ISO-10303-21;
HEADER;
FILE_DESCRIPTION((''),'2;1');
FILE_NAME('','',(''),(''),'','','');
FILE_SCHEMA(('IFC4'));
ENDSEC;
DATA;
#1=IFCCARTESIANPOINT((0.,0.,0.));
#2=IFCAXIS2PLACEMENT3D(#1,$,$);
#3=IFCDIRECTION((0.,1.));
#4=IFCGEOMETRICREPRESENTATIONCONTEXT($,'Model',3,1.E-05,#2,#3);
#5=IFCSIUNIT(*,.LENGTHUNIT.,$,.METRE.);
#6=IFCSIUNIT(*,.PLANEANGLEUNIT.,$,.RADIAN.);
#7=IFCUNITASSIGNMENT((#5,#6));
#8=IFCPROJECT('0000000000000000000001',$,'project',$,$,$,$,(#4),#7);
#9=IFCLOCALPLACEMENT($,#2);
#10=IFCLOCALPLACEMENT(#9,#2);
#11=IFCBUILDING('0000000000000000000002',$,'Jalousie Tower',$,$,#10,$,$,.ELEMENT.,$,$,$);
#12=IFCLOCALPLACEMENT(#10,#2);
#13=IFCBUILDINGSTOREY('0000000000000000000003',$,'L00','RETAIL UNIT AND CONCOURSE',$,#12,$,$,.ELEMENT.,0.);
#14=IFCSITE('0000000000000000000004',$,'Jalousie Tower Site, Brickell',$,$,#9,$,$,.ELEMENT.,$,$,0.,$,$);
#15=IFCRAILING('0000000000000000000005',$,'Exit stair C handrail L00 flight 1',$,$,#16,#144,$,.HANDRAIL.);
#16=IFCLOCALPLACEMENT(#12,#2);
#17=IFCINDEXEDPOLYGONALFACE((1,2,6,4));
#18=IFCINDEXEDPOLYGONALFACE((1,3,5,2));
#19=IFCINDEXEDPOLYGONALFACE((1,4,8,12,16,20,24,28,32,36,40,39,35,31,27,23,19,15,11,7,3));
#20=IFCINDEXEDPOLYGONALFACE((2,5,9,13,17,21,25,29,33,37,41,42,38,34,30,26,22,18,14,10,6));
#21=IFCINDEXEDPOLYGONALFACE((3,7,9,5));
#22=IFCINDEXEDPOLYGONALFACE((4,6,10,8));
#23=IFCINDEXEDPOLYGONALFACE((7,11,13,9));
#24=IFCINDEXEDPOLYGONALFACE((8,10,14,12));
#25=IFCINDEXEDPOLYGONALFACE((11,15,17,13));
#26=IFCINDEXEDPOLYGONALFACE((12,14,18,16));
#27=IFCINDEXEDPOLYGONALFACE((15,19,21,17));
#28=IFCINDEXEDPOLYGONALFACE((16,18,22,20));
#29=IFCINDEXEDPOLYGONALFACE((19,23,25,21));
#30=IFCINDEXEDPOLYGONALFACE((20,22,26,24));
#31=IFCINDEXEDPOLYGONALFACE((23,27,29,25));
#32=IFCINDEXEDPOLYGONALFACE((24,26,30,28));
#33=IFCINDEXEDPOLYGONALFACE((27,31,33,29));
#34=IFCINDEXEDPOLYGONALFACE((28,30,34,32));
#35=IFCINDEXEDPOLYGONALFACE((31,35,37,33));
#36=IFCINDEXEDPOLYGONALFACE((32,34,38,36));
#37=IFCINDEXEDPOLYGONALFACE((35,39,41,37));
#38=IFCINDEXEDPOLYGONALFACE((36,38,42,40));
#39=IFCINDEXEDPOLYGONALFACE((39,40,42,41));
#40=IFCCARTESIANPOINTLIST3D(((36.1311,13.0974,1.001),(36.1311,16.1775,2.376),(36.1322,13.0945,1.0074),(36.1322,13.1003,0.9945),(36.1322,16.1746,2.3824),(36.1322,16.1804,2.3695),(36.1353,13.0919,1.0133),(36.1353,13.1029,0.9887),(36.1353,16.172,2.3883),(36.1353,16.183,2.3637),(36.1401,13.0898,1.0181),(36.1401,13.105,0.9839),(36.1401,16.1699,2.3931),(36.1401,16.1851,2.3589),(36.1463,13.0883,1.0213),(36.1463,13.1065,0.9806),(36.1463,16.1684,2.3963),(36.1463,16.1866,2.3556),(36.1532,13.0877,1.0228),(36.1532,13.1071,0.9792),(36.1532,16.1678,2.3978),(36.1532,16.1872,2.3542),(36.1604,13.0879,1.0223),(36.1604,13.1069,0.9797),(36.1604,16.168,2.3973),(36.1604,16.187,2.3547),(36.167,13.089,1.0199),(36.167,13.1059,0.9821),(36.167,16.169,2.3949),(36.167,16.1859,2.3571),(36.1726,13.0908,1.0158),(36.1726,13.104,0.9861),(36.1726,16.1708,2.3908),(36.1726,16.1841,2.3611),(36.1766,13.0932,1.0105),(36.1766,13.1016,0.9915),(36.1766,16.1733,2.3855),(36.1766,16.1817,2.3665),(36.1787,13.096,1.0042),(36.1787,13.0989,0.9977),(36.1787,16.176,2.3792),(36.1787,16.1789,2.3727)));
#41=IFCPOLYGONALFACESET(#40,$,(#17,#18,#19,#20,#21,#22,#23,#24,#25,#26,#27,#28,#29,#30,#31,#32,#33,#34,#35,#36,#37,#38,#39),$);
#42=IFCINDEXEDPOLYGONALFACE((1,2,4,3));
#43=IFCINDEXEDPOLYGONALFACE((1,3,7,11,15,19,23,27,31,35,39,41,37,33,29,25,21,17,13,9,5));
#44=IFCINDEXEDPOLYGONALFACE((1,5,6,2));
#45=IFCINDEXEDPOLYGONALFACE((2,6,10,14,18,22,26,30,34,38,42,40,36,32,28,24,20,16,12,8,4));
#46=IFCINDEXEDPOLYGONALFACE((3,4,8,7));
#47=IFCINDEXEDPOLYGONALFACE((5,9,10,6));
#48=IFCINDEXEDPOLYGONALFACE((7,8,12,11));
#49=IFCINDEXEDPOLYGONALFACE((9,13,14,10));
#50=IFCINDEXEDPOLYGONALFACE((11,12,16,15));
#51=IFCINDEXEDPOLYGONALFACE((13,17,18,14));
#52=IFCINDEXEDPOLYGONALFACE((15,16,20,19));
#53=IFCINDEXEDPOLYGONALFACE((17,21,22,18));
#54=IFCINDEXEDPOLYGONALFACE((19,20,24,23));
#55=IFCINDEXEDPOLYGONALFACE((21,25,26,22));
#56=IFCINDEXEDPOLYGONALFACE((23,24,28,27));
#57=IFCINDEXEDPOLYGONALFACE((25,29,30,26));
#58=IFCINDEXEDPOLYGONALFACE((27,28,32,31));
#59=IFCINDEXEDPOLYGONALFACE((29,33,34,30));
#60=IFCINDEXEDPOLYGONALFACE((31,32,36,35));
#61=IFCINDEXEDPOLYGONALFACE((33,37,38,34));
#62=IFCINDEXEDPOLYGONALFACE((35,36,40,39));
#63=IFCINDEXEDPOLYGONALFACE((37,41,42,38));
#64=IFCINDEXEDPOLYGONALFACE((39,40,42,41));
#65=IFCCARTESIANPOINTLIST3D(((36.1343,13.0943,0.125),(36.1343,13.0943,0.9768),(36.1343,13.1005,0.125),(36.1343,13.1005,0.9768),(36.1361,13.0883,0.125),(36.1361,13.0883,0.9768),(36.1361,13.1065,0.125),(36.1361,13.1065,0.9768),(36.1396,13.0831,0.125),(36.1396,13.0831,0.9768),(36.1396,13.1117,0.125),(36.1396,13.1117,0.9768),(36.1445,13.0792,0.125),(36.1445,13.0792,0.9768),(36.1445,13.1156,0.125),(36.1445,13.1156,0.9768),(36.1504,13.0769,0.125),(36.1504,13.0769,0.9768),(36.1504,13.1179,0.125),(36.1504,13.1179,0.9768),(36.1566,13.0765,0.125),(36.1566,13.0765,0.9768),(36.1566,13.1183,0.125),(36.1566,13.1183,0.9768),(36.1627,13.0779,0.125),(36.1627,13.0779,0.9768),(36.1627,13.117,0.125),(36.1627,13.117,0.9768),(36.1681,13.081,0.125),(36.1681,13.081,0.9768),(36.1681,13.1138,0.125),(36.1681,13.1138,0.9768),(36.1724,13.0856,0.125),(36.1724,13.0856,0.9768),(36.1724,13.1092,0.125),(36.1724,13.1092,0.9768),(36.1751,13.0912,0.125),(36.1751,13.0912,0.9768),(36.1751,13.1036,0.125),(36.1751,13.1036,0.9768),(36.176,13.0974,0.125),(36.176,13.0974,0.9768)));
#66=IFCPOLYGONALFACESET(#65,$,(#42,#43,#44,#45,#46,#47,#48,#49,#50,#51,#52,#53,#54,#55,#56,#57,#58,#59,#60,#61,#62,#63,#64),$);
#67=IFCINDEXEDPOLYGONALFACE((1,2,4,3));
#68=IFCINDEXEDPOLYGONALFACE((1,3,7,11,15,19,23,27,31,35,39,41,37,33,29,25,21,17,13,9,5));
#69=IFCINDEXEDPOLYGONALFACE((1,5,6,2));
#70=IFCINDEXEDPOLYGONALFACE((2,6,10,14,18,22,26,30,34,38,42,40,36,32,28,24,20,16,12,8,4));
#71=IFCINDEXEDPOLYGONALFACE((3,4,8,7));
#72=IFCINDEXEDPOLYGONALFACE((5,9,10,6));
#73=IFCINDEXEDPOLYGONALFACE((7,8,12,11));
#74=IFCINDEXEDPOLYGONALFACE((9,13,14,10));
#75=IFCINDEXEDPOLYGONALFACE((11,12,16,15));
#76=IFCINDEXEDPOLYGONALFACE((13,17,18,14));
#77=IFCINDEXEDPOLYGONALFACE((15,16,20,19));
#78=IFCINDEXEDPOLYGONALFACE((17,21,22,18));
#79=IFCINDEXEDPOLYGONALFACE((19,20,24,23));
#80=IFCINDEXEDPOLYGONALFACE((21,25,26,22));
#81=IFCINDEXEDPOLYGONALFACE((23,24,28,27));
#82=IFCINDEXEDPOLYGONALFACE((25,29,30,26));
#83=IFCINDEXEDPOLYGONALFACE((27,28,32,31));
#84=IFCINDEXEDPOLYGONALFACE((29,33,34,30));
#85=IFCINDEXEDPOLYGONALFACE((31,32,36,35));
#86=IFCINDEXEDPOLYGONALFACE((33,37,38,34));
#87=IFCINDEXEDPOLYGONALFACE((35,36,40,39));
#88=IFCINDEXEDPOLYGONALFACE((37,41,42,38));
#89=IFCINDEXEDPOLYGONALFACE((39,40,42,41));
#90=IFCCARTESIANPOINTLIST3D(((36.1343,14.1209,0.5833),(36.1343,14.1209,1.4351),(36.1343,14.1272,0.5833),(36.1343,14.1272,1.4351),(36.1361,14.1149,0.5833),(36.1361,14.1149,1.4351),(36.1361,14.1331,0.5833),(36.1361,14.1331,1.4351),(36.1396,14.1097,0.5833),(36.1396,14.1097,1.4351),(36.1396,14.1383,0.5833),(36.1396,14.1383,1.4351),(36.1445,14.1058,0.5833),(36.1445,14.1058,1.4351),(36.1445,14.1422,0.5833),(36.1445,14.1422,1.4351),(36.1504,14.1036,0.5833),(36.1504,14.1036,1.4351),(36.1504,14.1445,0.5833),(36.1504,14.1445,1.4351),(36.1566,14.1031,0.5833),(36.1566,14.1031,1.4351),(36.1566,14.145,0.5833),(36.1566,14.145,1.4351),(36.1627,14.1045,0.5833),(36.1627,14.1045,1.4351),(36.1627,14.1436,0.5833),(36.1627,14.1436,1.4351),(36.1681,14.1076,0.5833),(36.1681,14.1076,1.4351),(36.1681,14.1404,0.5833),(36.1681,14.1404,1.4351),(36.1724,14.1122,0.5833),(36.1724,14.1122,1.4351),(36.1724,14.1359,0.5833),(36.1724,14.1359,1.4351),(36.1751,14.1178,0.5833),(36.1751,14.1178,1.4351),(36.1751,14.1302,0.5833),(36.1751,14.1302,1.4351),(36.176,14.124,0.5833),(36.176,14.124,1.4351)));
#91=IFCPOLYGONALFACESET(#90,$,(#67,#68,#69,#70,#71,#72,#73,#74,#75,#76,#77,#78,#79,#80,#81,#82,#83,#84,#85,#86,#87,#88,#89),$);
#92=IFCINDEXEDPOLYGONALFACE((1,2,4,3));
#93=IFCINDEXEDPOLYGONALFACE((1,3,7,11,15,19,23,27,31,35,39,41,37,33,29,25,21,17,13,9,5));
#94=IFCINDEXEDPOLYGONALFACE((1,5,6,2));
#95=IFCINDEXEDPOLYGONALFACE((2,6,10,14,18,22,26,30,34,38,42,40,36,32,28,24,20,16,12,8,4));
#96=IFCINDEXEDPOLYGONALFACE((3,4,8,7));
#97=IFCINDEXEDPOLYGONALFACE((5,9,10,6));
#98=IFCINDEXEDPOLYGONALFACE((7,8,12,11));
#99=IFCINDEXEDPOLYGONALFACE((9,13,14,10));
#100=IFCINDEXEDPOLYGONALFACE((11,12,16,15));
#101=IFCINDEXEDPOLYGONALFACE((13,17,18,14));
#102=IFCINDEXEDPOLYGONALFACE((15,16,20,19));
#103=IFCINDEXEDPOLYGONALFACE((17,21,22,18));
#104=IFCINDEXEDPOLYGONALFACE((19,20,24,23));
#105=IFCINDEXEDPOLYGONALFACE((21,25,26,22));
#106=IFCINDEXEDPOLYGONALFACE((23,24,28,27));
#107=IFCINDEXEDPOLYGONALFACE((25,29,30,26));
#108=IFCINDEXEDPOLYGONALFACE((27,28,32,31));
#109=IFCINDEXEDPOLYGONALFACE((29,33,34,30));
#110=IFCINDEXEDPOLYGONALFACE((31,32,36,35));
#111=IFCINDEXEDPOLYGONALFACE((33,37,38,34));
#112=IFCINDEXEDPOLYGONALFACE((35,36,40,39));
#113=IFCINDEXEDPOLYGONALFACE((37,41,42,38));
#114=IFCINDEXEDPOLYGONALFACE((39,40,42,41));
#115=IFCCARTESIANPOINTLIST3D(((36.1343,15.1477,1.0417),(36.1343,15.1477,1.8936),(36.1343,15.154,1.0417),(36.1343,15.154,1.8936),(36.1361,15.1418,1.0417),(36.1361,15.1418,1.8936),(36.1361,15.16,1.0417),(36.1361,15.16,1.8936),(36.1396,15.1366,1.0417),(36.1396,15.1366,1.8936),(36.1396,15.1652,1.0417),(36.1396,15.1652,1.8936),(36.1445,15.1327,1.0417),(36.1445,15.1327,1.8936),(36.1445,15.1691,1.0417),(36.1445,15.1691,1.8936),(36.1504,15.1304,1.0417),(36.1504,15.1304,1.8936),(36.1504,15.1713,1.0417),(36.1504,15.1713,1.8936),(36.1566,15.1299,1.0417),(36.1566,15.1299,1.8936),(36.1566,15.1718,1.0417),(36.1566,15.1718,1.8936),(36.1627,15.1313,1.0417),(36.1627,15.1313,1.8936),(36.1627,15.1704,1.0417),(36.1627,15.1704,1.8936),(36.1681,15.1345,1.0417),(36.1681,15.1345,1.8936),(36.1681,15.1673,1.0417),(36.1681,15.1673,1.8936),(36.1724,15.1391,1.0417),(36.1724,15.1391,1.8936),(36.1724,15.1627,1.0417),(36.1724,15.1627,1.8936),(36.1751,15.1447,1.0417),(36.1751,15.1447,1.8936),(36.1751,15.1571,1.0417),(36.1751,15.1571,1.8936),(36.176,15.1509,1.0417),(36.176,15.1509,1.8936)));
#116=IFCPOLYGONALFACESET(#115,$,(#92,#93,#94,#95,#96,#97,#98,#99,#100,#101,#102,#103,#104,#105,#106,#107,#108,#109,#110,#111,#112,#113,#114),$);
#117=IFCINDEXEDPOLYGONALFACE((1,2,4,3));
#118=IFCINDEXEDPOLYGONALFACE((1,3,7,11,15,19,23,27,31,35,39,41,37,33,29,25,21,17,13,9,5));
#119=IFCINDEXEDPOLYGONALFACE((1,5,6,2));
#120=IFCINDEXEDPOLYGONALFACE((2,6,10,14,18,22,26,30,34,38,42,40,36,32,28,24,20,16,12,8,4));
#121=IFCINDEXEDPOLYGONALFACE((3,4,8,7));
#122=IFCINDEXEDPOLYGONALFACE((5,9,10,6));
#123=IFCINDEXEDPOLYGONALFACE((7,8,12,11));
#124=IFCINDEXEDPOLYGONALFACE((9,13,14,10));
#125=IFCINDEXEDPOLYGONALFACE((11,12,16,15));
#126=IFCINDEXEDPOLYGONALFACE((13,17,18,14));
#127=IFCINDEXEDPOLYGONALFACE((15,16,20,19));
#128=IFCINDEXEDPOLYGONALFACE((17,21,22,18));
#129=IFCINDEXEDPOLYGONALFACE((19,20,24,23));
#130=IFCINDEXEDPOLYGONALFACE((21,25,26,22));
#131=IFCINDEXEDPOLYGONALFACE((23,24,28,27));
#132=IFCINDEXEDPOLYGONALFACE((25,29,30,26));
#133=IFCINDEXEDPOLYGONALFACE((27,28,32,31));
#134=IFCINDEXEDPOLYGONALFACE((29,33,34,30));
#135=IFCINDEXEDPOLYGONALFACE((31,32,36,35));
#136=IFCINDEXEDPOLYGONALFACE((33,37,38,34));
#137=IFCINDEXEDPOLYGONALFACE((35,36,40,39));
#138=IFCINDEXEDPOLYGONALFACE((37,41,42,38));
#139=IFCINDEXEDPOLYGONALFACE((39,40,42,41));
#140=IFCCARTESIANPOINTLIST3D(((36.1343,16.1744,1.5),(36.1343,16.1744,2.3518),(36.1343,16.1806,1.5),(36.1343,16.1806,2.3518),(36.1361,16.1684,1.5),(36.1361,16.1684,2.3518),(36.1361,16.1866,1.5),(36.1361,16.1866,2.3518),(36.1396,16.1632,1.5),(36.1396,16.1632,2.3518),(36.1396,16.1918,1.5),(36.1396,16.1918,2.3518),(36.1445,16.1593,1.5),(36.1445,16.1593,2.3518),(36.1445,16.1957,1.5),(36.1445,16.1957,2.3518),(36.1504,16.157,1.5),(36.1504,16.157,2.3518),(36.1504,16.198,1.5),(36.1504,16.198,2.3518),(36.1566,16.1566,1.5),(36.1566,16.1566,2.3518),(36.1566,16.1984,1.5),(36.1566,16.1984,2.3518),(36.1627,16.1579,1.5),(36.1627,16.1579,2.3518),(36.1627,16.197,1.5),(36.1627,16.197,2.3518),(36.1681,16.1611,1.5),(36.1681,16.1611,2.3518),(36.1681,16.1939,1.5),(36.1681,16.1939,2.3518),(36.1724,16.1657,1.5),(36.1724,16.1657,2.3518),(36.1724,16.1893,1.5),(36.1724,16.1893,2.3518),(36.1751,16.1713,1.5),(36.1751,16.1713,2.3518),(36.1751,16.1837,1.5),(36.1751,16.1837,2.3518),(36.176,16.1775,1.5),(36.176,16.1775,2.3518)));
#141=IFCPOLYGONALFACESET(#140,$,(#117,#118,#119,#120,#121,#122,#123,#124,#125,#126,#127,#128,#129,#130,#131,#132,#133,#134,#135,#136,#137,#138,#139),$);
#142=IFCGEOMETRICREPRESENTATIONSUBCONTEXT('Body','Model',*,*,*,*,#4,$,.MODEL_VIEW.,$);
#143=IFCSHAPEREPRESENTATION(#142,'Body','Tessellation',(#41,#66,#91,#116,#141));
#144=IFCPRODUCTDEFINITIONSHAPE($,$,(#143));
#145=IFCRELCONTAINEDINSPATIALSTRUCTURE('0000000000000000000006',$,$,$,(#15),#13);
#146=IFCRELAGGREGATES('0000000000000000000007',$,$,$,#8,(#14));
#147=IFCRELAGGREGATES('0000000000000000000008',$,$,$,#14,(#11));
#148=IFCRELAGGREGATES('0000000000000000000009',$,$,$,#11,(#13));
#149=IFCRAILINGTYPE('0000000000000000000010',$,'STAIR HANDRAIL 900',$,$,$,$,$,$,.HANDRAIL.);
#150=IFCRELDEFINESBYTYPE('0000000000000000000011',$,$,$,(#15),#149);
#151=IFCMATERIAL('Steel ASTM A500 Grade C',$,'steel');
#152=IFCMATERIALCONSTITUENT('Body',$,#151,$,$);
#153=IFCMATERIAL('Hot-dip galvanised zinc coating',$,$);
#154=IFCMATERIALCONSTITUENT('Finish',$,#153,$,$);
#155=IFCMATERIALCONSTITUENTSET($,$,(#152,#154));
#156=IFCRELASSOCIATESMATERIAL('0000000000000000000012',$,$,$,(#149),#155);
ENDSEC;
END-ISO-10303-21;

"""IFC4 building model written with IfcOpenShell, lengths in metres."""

from ifc_helpers import new_model, si_unit, direction, frame, origin, origin_2d, place, context, subcontext, project, spatial, circle, extrude, material, constituent, constituent_set, type_object, element, save


model = new_model("IFC4")

# Units and contexts
model_context = context("Model", 3, precision=1e-05, world=origin(), true_north=direction((0.0, 1.0)))
body_context = subcontext(model_context, "Body", "Model", "MODEL_VIEW")
ifc_project = project(units=[si_unit("LENGTHUNIT", "METRE"), si_unit("PLANEANGLEUNIT", "RADIAN")], contexts=[model_context])

# Site, building, storey
site_placement = place(None, origin())
site = spatial("IfcSite", under=ifc_project, at=site_placement, Name="Jalousie Tower Site, Brickell", CompositionType="ELEMENT", RefElevation=0.0)
building_placement = place(site_placement, origin())
building = spatial("IfcBuilding", under=site, at=building_placement, Name="Jalousie Tower", CompositionType="ELEMENT")
storey_placement = place(building_placement, origin())
storey = spatial("IfcBuildingStorey", under=building, at=storey_placement, Name="L00", Description="RETAIL UNIT AND CONCOURSE", CompositionType="ELEMENT", Elevation=0.0)

# Railing
ifc_material_1 = material(Name="Steel ASTM A500 Grade C", Category="steel")
ifc_constituent_1 = constituent(ifc_material_1, Name="Body")
ifc_material_2 = material(Name="Hot-dip galvanised zinc coating")
ifc_constituent_2 = constituent(ifc_material_2, Name="Finish")
ifc_constituent_set_1 = constituent_set(constituents=[ifc_constituent_1, ifc_constituent_2])
railing_type_1 = type_object("IfcRailingType", Name="STAIR HANDRAIL 900", PredefinedType="HANDRAIL", material=ifc_constituent_set_1)
railing_1_placement = place(storey_placement, frame((36.155, 13.0974, 0.125)))
element("IfcRailing", 1, at=railing_1_placement, inside=storey, type_object=railing_type_1, Name="Exit stair C handrail L00 flight 1", PredefinedType="HANDRAIL", context=body_context, shape_type="SweptSolid", body=[
    extrude(circle(Radius=0.0239, at=origin_2d()), frame((0.0, 0.0, 0.876), z_axis=(0.0, 0.913142, 0.407642), x_axis=(-1.0, 0.0, 0.0)), (0.0, 0.0, 1.0), 3.373),
    extrude(circle(Radius=0.021, at=origin_2d()), origin(), (0.0, 0.0, 1.0), 0.8518),
    extrude(circle(Radius=0.021, at=origin_2d()), frame((0.0, 1.0266, 0.4583)), (0.0, 0.0, 1.0), 0.8518),
    extrude(circle(Radius=0.021, at=origin_2d()), frame((0.0, 2.0535, 0.9167)), (0.0, 0.0, 1.0), 0.8518),
    extrude(circle(Radius=0.021, at=origin_2d()), frame((0.0, 3.0801, 1.375)), (0.0, 0.0, 1.0), 0.8518),
])

save(model, "model.ifc")
